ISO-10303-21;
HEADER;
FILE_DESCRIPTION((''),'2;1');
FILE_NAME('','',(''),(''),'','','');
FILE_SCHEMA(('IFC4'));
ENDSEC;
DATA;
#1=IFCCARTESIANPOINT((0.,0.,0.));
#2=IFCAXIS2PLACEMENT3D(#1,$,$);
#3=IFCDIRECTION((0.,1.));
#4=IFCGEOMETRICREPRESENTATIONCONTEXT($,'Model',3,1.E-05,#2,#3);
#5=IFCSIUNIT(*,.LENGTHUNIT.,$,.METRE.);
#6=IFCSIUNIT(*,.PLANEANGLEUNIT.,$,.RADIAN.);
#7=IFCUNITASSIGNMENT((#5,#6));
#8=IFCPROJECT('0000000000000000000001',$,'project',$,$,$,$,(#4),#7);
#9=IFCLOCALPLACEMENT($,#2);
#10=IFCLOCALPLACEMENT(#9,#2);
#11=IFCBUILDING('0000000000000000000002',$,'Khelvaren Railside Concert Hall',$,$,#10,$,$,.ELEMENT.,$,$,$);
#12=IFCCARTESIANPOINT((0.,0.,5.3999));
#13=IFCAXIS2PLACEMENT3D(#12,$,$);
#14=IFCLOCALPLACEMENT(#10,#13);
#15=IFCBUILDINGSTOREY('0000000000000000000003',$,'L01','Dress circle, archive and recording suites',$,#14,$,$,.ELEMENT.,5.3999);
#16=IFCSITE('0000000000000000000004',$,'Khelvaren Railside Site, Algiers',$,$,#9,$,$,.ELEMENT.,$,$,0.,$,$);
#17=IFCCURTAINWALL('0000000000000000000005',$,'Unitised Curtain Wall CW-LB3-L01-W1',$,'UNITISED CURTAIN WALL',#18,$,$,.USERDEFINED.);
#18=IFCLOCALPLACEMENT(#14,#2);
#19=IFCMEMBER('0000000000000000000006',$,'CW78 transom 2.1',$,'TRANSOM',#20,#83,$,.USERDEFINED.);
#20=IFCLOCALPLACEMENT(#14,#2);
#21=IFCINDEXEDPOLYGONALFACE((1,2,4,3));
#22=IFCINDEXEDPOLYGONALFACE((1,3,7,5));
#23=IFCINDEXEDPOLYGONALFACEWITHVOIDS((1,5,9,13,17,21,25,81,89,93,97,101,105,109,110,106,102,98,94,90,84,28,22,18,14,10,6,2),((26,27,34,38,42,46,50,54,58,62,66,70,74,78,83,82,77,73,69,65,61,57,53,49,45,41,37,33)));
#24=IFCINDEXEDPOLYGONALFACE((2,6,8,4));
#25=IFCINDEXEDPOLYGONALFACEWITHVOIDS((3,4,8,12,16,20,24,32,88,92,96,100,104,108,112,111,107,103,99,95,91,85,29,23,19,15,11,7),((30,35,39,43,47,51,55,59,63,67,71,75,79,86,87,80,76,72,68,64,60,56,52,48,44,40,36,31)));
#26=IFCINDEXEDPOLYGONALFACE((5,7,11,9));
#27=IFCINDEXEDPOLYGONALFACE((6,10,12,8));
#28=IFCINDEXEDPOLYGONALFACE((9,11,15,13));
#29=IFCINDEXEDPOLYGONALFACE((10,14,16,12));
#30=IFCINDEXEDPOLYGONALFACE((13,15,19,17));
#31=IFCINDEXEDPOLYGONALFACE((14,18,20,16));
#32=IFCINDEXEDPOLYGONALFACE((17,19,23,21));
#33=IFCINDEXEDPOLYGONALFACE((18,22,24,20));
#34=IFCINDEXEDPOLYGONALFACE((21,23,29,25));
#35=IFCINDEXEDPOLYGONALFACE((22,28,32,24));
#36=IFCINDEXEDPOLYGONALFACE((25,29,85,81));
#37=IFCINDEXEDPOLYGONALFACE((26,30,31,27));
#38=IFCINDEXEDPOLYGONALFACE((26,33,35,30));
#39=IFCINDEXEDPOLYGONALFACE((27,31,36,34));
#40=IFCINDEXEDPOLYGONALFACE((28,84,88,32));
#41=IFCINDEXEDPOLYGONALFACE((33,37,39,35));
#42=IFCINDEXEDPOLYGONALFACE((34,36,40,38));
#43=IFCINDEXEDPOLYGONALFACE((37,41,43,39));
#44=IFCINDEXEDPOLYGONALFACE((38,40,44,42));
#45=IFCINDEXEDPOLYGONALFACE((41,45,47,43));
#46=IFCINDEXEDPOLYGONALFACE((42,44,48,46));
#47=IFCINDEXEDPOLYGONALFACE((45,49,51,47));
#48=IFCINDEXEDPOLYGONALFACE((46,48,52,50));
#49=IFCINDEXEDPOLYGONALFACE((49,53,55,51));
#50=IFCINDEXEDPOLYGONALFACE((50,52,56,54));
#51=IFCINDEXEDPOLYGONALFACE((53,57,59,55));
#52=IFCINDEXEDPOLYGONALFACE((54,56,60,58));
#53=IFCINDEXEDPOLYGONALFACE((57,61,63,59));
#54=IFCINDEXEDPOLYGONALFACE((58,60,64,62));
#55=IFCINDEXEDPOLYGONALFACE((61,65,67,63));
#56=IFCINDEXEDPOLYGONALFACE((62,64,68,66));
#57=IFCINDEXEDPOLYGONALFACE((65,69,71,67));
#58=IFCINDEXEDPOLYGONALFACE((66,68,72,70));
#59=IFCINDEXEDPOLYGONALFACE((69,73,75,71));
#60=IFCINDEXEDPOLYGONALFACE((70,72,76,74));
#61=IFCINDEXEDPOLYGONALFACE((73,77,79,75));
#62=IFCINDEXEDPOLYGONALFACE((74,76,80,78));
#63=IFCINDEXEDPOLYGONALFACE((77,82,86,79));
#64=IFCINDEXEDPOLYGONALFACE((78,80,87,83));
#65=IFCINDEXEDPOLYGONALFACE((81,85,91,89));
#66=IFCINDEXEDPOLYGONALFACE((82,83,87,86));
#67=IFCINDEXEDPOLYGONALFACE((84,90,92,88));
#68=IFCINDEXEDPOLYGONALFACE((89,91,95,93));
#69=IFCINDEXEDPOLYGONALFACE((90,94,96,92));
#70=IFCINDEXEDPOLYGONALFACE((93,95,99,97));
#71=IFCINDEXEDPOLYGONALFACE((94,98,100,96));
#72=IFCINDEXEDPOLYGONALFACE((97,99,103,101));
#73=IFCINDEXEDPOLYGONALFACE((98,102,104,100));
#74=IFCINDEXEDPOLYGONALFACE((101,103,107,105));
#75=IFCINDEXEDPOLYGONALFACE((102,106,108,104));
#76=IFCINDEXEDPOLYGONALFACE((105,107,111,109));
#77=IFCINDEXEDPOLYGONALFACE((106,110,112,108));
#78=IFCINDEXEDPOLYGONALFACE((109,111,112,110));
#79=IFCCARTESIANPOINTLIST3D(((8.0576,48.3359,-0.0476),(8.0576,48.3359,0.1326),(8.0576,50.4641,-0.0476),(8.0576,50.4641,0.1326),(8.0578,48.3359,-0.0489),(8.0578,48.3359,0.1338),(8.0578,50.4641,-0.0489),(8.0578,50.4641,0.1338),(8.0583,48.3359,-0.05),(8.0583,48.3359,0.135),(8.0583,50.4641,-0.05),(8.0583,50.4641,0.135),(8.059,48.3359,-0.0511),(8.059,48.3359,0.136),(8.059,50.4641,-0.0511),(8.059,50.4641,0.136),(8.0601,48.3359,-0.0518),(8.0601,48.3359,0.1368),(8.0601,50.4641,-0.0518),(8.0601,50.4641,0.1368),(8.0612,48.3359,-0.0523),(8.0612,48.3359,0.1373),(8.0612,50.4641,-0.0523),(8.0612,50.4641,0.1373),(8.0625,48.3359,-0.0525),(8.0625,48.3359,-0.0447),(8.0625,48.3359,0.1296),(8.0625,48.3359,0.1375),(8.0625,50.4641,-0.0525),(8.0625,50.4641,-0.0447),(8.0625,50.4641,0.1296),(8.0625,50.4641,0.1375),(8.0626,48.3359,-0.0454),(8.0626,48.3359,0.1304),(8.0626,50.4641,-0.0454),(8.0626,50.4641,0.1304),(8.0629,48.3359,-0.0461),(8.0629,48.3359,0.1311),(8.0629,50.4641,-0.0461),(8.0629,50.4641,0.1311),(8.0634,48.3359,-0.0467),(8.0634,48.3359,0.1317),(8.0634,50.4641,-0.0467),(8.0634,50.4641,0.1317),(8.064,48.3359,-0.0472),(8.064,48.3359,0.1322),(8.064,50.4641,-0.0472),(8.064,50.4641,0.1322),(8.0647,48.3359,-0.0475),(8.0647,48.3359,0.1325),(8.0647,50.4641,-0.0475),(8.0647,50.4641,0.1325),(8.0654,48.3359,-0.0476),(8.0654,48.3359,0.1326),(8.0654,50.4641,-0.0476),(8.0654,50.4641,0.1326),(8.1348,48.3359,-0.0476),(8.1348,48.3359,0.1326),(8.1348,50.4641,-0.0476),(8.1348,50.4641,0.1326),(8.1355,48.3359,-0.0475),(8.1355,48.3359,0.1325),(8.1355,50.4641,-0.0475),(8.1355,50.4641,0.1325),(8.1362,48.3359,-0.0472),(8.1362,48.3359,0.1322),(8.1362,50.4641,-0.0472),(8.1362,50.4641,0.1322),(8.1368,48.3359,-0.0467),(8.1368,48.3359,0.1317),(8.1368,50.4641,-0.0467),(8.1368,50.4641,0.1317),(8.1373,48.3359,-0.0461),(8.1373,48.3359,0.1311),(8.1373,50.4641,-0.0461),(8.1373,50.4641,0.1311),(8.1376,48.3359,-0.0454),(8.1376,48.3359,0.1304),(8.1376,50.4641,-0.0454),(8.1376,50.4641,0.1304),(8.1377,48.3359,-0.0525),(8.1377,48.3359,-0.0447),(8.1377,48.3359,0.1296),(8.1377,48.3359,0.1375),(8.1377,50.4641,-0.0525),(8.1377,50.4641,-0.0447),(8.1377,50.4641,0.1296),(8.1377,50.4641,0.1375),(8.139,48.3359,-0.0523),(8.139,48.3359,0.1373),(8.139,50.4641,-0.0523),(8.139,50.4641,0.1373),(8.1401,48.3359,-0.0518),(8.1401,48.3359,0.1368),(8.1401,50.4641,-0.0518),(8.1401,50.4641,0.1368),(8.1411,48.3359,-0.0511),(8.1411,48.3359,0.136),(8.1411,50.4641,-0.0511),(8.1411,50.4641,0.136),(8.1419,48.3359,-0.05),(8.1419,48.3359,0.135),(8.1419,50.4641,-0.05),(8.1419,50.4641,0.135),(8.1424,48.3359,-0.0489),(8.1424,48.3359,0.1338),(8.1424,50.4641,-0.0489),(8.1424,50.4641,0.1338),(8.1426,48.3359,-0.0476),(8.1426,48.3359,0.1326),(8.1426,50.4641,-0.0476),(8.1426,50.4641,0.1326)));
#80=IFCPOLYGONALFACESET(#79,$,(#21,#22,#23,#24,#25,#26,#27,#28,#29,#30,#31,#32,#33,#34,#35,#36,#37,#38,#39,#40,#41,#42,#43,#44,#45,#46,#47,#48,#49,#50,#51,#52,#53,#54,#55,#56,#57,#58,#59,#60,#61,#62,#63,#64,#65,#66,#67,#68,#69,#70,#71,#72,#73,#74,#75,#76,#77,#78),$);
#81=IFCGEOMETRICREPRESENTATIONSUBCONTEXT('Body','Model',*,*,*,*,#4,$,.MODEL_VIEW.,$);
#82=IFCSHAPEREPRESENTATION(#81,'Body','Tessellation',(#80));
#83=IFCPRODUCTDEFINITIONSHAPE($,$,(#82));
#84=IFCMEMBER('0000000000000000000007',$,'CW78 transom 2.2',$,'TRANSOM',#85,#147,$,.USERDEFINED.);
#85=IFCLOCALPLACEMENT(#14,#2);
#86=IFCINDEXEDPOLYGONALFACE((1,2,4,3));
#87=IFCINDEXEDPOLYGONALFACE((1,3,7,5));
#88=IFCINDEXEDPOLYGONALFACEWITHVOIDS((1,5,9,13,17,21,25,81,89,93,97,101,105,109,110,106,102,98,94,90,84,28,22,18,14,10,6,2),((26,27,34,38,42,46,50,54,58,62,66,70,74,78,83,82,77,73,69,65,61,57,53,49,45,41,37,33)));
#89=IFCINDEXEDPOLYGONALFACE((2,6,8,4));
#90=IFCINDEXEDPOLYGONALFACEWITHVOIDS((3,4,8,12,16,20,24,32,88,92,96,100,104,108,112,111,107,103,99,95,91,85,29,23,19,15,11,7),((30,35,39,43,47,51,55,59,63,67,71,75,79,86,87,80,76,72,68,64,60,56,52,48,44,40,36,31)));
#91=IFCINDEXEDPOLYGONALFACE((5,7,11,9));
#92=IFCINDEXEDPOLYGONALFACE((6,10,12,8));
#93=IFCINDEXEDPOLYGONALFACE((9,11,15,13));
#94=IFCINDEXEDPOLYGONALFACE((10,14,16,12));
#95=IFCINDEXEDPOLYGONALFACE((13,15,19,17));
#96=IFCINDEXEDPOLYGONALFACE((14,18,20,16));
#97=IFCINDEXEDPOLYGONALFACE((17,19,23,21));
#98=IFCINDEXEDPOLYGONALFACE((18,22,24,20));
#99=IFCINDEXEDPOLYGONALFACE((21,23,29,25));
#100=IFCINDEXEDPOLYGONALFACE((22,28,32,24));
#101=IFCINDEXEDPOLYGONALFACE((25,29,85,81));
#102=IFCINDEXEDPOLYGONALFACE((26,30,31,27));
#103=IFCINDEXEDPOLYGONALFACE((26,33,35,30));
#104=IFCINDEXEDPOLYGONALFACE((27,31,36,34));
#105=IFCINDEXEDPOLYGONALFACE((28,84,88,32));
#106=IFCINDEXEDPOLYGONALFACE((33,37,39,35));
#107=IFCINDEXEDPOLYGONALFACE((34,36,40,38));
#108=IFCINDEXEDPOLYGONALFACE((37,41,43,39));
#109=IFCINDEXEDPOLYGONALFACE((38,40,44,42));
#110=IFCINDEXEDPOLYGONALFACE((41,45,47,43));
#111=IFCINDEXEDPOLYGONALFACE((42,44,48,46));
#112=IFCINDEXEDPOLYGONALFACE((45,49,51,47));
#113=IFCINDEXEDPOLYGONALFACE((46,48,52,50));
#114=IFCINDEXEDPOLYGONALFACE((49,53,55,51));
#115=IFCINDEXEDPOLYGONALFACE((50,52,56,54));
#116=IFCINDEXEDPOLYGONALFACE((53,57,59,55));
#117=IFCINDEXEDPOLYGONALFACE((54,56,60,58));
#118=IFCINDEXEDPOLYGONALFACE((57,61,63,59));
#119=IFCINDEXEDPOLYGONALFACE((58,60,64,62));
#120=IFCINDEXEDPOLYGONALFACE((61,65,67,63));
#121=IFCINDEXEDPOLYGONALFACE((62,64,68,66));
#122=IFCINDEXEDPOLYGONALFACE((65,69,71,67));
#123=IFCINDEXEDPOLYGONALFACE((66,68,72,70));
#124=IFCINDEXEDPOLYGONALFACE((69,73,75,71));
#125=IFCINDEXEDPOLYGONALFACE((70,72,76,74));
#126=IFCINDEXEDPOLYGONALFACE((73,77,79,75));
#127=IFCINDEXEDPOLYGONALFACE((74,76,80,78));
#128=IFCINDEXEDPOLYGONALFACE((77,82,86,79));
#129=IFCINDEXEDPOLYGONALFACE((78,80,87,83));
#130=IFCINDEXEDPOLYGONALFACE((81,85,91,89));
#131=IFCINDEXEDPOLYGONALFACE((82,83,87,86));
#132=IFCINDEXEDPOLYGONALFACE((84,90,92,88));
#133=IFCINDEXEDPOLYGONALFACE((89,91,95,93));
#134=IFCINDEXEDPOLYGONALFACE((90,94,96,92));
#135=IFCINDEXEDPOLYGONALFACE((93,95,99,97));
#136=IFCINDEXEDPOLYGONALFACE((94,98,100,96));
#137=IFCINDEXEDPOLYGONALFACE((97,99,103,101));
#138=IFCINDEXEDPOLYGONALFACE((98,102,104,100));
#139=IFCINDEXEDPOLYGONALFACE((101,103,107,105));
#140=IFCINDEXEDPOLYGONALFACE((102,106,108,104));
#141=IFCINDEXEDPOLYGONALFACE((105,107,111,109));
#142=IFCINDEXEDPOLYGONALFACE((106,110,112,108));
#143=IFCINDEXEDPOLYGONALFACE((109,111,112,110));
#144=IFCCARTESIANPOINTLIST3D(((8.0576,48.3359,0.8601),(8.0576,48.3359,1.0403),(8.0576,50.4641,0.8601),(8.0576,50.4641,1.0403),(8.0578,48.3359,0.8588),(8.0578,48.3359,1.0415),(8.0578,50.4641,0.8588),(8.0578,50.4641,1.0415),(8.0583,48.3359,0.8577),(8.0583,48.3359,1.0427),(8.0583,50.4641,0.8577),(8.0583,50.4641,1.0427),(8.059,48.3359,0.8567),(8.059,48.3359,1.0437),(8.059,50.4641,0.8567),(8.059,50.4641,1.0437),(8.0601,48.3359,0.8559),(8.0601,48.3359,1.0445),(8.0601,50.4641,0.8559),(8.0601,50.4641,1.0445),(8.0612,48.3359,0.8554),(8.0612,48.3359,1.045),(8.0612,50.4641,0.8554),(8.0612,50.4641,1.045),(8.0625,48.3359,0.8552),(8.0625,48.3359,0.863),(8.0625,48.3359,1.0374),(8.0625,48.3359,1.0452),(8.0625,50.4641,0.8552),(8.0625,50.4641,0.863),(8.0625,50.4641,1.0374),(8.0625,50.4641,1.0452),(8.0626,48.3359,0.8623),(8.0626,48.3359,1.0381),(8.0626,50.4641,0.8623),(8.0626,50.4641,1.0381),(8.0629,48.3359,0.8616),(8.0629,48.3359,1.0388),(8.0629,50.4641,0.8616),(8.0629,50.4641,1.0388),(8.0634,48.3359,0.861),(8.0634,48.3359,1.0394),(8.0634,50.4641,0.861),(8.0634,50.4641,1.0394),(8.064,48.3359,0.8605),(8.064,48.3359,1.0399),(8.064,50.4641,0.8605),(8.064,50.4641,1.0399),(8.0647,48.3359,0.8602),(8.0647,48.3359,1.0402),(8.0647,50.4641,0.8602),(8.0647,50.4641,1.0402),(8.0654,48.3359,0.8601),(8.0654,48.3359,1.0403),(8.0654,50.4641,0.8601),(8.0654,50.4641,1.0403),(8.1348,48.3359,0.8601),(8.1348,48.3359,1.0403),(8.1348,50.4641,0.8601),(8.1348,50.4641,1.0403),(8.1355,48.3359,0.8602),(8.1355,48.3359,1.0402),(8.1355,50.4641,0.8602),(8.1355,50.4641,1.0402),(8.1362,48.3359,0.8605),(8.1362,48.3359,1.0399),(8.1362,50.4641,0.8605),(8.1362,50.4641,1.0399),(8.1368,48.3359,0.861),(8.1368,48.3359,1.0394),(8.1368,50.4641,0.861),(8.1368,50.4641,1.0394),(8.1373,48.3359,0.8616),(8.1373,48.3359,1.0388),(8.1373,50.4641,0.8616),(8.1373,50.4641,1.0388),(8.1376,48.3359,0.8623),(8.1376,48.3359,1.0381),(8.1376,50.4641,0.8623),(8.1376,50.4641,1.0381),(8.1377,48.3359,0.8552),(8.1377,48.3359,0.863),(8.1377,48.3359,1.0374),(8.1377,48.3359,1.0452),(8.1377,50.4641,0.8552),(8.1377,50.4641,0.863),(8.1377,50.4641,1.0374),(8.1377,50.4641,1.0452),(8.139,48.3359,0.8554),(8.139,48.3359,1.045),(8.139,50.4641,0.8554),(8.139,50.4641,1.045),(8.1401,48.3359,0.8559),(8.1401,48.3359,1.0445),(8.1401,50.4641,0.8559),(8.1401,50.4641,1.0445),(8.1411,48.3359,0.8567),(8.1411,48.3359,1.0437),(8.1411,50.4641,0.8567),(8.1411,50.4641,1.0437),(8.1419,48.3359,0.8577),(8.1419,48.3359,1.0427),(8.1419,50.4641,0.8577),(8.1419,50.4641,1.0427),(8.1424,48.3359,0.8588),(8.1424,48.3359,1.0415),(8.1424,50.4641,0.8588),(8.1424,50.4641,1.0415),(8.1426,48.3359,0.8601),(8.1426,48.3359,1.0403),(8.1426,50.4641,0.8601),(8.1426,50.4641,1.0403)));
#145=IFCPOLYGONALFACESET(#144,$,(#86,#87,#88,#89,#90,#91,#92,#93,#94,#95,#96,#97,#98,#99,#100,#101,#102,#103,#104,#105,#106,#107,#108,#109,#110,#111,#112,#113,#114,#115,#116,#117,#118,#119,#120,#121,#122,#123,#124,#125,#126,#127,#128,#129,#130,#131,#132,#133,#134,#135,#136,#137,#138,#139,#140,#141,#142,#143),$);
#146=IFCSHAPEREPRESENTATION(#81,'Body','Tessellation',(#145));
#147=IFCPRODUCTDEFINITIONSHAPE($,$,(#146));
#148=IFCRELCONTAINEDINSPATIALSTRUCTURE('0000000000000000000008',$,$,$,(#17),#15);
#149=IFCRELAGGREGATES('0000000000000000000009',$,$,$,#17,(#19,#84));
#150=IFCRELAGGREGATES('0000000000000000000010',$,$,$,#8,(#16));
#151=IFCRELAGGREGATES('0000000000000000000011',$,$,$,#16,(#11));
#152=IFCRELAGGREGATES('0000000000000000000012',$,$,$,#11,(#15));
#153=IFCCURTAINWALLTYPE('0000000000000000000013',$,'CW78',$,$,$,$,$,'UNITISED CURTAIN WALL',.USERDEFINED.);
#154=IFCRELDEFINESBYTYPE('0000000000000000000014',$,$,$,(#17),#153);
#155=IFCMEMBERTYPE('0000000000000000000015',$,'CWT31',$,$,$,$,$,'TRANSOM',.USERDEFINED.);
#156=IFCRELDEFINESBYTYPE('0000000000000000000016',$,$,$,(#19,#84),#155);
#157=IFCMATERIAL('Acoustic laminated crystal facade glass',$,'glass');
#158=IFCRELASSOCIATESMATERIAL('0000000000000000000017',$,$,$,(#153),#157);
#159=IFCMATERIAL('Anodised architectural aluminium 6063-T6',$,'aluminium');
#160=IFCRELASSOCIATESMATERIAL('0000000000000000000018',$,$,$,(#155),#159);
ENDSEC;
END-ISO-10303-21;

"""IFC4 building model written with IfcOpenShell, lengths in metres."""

from ifc_helpers import new_model, si_unit, direction, frame, origin, origin_2d, place, context, subcontext, project, spatial, hollow_rectangle, extrude, material, material_profile, profile_set, type_object, element, aggregate, save


model = new_model("IFC4")

# Units and contexts
model_context = context("Model", 3, precision=1e-05, world=origin(), true_north=direction((0.0, 1.0)))
body_context = subcontext(model_context, "Body", "Model", "MODEL_VIEW")
ifc_project = project(units=[si_unit("LENGTHUNIT", "METRE"), si_unit("PLANEANGLEUNIT", "RADIAN")], contexts=[model_context])

# Site, building, storey
site_placement = place(None, origin())
site = spatial("IfcSite", under=ifc_project, at=site_placement, Name="Khelvaren Railside Site, Algiers", CompositionType="ELEMENT", RefElevation=0.0)
building_placement = place(site_placement, origin())
building = spatial("IfcBuilding", under=site, at=building_placement, Name="Khelvaren Railside Concert Hall", CompositionType="ELEMENT")
storey_placement = place(building_placement, frame((0.0, 0.0, 5.3999)))
storey = spatial("IfcBuildingStorey", under=building, at=storey_placement, Name="L01", Description="Dress circle, archive and recording suites", CompositionType="ELEMENT", Elevation=5.3999)

# Curtain wall
ifc_material_1 = material(Name="Acoustic laminated crystal facade glass", Category="glass")
curtain_wall_type = type_object("IfcCurtainWallType", Name="CW78", ElementType="UNITISED CURTAIN WALL", PredefinedType="USERDEFINED", material=ifc_material_1)
curtain_wall_1_placement = place(storey_placement, origin())
curtain_wall_1 = element("IfcCurtainWall", 1, at=curtain_wall_1_placement, inside=storey, type_object=curtain_wall_type, Name="Unitised Curtain Wall CW-LB3-L01-W1", ObjectType="UNITISED CURTAIN WALL", PredefinedType="USERDEFINED")
ifc_material_2 = material(Name="Anodised architectural aluminium 6063-T6", Category="aluminium")

# Members
ifc_material_profile_1 = material_profile(ifc_material_2, hollow_rectangle(XDim=0.085, YDim=0.1899, WallThickness=0.0049, InnerFilletRadius=0.0029, OuterFilletRadius=0.0049, at=origin_2d()), Name="CWT 85x190x5")
ifc_profile_set_1 = profile_set([ifc_material_profile_1], Name="Anodised architectural aluminium 6063-T6")
member_type_1 = type_object("IfcMemberType", Name="CWT31", ElementType="TRANSOM", PredefinedType="USERDEFINED", material=ifc_profile_set_1)
member_1_placement = place(storey_placement, frame((8.1001, 48.3359, 0.0425), z_axis=(0.0, 1.0, 0.0), x_axis=(-1.0, 0.0, 0.0)))
member_1 = element("IfcMember", 2, at=member_1_placement, type_object=member_type_1, Name="CW78 transom 2.1", ObjectType="TRANSOM", PredefinedType="USERDEFINED", context=body_context, shape_type="SweptSolid", body=[
    extrude(hollow_rectangle(XDim=0.085, YDim=0.1899, WallThickness=0.0049, InnerFilletRadius=0.0029, OuterFilletRadius=0.0049, at=origin_2d()), origin(), (0.0, 0.0, 1.0), 2.1282),
])
member_2_placement = place(storey_placement, frame((8.1001, 48.3359, 0.9502), z_axis=(0.0, 1.0, 0.0), x_axis=(-1.0, 0.0, 0.0)))
member_2 = element("IfcMember", 3, at=member_2_placement, type_object=member_type_1, Name="CW78 transom 2.2", ObjectType="TRANSOM", PredefinedType="USERDEFINED", context=body_context, shape_type="SweptSolid", body=[
    extrude(hollow_rectangle(XDim=0.085, YDim=0.1899, WallThickness=0.0049, InnerFilletRadius=0.0029, OuterFilletRadius=0.0049, at=origin_2d()), origin(), (0.0, 0.0, 1.0), 2.1282),
])

aggregate(curtain_wall_1, [member_1, member_2])

save(model, "model.ifc")
